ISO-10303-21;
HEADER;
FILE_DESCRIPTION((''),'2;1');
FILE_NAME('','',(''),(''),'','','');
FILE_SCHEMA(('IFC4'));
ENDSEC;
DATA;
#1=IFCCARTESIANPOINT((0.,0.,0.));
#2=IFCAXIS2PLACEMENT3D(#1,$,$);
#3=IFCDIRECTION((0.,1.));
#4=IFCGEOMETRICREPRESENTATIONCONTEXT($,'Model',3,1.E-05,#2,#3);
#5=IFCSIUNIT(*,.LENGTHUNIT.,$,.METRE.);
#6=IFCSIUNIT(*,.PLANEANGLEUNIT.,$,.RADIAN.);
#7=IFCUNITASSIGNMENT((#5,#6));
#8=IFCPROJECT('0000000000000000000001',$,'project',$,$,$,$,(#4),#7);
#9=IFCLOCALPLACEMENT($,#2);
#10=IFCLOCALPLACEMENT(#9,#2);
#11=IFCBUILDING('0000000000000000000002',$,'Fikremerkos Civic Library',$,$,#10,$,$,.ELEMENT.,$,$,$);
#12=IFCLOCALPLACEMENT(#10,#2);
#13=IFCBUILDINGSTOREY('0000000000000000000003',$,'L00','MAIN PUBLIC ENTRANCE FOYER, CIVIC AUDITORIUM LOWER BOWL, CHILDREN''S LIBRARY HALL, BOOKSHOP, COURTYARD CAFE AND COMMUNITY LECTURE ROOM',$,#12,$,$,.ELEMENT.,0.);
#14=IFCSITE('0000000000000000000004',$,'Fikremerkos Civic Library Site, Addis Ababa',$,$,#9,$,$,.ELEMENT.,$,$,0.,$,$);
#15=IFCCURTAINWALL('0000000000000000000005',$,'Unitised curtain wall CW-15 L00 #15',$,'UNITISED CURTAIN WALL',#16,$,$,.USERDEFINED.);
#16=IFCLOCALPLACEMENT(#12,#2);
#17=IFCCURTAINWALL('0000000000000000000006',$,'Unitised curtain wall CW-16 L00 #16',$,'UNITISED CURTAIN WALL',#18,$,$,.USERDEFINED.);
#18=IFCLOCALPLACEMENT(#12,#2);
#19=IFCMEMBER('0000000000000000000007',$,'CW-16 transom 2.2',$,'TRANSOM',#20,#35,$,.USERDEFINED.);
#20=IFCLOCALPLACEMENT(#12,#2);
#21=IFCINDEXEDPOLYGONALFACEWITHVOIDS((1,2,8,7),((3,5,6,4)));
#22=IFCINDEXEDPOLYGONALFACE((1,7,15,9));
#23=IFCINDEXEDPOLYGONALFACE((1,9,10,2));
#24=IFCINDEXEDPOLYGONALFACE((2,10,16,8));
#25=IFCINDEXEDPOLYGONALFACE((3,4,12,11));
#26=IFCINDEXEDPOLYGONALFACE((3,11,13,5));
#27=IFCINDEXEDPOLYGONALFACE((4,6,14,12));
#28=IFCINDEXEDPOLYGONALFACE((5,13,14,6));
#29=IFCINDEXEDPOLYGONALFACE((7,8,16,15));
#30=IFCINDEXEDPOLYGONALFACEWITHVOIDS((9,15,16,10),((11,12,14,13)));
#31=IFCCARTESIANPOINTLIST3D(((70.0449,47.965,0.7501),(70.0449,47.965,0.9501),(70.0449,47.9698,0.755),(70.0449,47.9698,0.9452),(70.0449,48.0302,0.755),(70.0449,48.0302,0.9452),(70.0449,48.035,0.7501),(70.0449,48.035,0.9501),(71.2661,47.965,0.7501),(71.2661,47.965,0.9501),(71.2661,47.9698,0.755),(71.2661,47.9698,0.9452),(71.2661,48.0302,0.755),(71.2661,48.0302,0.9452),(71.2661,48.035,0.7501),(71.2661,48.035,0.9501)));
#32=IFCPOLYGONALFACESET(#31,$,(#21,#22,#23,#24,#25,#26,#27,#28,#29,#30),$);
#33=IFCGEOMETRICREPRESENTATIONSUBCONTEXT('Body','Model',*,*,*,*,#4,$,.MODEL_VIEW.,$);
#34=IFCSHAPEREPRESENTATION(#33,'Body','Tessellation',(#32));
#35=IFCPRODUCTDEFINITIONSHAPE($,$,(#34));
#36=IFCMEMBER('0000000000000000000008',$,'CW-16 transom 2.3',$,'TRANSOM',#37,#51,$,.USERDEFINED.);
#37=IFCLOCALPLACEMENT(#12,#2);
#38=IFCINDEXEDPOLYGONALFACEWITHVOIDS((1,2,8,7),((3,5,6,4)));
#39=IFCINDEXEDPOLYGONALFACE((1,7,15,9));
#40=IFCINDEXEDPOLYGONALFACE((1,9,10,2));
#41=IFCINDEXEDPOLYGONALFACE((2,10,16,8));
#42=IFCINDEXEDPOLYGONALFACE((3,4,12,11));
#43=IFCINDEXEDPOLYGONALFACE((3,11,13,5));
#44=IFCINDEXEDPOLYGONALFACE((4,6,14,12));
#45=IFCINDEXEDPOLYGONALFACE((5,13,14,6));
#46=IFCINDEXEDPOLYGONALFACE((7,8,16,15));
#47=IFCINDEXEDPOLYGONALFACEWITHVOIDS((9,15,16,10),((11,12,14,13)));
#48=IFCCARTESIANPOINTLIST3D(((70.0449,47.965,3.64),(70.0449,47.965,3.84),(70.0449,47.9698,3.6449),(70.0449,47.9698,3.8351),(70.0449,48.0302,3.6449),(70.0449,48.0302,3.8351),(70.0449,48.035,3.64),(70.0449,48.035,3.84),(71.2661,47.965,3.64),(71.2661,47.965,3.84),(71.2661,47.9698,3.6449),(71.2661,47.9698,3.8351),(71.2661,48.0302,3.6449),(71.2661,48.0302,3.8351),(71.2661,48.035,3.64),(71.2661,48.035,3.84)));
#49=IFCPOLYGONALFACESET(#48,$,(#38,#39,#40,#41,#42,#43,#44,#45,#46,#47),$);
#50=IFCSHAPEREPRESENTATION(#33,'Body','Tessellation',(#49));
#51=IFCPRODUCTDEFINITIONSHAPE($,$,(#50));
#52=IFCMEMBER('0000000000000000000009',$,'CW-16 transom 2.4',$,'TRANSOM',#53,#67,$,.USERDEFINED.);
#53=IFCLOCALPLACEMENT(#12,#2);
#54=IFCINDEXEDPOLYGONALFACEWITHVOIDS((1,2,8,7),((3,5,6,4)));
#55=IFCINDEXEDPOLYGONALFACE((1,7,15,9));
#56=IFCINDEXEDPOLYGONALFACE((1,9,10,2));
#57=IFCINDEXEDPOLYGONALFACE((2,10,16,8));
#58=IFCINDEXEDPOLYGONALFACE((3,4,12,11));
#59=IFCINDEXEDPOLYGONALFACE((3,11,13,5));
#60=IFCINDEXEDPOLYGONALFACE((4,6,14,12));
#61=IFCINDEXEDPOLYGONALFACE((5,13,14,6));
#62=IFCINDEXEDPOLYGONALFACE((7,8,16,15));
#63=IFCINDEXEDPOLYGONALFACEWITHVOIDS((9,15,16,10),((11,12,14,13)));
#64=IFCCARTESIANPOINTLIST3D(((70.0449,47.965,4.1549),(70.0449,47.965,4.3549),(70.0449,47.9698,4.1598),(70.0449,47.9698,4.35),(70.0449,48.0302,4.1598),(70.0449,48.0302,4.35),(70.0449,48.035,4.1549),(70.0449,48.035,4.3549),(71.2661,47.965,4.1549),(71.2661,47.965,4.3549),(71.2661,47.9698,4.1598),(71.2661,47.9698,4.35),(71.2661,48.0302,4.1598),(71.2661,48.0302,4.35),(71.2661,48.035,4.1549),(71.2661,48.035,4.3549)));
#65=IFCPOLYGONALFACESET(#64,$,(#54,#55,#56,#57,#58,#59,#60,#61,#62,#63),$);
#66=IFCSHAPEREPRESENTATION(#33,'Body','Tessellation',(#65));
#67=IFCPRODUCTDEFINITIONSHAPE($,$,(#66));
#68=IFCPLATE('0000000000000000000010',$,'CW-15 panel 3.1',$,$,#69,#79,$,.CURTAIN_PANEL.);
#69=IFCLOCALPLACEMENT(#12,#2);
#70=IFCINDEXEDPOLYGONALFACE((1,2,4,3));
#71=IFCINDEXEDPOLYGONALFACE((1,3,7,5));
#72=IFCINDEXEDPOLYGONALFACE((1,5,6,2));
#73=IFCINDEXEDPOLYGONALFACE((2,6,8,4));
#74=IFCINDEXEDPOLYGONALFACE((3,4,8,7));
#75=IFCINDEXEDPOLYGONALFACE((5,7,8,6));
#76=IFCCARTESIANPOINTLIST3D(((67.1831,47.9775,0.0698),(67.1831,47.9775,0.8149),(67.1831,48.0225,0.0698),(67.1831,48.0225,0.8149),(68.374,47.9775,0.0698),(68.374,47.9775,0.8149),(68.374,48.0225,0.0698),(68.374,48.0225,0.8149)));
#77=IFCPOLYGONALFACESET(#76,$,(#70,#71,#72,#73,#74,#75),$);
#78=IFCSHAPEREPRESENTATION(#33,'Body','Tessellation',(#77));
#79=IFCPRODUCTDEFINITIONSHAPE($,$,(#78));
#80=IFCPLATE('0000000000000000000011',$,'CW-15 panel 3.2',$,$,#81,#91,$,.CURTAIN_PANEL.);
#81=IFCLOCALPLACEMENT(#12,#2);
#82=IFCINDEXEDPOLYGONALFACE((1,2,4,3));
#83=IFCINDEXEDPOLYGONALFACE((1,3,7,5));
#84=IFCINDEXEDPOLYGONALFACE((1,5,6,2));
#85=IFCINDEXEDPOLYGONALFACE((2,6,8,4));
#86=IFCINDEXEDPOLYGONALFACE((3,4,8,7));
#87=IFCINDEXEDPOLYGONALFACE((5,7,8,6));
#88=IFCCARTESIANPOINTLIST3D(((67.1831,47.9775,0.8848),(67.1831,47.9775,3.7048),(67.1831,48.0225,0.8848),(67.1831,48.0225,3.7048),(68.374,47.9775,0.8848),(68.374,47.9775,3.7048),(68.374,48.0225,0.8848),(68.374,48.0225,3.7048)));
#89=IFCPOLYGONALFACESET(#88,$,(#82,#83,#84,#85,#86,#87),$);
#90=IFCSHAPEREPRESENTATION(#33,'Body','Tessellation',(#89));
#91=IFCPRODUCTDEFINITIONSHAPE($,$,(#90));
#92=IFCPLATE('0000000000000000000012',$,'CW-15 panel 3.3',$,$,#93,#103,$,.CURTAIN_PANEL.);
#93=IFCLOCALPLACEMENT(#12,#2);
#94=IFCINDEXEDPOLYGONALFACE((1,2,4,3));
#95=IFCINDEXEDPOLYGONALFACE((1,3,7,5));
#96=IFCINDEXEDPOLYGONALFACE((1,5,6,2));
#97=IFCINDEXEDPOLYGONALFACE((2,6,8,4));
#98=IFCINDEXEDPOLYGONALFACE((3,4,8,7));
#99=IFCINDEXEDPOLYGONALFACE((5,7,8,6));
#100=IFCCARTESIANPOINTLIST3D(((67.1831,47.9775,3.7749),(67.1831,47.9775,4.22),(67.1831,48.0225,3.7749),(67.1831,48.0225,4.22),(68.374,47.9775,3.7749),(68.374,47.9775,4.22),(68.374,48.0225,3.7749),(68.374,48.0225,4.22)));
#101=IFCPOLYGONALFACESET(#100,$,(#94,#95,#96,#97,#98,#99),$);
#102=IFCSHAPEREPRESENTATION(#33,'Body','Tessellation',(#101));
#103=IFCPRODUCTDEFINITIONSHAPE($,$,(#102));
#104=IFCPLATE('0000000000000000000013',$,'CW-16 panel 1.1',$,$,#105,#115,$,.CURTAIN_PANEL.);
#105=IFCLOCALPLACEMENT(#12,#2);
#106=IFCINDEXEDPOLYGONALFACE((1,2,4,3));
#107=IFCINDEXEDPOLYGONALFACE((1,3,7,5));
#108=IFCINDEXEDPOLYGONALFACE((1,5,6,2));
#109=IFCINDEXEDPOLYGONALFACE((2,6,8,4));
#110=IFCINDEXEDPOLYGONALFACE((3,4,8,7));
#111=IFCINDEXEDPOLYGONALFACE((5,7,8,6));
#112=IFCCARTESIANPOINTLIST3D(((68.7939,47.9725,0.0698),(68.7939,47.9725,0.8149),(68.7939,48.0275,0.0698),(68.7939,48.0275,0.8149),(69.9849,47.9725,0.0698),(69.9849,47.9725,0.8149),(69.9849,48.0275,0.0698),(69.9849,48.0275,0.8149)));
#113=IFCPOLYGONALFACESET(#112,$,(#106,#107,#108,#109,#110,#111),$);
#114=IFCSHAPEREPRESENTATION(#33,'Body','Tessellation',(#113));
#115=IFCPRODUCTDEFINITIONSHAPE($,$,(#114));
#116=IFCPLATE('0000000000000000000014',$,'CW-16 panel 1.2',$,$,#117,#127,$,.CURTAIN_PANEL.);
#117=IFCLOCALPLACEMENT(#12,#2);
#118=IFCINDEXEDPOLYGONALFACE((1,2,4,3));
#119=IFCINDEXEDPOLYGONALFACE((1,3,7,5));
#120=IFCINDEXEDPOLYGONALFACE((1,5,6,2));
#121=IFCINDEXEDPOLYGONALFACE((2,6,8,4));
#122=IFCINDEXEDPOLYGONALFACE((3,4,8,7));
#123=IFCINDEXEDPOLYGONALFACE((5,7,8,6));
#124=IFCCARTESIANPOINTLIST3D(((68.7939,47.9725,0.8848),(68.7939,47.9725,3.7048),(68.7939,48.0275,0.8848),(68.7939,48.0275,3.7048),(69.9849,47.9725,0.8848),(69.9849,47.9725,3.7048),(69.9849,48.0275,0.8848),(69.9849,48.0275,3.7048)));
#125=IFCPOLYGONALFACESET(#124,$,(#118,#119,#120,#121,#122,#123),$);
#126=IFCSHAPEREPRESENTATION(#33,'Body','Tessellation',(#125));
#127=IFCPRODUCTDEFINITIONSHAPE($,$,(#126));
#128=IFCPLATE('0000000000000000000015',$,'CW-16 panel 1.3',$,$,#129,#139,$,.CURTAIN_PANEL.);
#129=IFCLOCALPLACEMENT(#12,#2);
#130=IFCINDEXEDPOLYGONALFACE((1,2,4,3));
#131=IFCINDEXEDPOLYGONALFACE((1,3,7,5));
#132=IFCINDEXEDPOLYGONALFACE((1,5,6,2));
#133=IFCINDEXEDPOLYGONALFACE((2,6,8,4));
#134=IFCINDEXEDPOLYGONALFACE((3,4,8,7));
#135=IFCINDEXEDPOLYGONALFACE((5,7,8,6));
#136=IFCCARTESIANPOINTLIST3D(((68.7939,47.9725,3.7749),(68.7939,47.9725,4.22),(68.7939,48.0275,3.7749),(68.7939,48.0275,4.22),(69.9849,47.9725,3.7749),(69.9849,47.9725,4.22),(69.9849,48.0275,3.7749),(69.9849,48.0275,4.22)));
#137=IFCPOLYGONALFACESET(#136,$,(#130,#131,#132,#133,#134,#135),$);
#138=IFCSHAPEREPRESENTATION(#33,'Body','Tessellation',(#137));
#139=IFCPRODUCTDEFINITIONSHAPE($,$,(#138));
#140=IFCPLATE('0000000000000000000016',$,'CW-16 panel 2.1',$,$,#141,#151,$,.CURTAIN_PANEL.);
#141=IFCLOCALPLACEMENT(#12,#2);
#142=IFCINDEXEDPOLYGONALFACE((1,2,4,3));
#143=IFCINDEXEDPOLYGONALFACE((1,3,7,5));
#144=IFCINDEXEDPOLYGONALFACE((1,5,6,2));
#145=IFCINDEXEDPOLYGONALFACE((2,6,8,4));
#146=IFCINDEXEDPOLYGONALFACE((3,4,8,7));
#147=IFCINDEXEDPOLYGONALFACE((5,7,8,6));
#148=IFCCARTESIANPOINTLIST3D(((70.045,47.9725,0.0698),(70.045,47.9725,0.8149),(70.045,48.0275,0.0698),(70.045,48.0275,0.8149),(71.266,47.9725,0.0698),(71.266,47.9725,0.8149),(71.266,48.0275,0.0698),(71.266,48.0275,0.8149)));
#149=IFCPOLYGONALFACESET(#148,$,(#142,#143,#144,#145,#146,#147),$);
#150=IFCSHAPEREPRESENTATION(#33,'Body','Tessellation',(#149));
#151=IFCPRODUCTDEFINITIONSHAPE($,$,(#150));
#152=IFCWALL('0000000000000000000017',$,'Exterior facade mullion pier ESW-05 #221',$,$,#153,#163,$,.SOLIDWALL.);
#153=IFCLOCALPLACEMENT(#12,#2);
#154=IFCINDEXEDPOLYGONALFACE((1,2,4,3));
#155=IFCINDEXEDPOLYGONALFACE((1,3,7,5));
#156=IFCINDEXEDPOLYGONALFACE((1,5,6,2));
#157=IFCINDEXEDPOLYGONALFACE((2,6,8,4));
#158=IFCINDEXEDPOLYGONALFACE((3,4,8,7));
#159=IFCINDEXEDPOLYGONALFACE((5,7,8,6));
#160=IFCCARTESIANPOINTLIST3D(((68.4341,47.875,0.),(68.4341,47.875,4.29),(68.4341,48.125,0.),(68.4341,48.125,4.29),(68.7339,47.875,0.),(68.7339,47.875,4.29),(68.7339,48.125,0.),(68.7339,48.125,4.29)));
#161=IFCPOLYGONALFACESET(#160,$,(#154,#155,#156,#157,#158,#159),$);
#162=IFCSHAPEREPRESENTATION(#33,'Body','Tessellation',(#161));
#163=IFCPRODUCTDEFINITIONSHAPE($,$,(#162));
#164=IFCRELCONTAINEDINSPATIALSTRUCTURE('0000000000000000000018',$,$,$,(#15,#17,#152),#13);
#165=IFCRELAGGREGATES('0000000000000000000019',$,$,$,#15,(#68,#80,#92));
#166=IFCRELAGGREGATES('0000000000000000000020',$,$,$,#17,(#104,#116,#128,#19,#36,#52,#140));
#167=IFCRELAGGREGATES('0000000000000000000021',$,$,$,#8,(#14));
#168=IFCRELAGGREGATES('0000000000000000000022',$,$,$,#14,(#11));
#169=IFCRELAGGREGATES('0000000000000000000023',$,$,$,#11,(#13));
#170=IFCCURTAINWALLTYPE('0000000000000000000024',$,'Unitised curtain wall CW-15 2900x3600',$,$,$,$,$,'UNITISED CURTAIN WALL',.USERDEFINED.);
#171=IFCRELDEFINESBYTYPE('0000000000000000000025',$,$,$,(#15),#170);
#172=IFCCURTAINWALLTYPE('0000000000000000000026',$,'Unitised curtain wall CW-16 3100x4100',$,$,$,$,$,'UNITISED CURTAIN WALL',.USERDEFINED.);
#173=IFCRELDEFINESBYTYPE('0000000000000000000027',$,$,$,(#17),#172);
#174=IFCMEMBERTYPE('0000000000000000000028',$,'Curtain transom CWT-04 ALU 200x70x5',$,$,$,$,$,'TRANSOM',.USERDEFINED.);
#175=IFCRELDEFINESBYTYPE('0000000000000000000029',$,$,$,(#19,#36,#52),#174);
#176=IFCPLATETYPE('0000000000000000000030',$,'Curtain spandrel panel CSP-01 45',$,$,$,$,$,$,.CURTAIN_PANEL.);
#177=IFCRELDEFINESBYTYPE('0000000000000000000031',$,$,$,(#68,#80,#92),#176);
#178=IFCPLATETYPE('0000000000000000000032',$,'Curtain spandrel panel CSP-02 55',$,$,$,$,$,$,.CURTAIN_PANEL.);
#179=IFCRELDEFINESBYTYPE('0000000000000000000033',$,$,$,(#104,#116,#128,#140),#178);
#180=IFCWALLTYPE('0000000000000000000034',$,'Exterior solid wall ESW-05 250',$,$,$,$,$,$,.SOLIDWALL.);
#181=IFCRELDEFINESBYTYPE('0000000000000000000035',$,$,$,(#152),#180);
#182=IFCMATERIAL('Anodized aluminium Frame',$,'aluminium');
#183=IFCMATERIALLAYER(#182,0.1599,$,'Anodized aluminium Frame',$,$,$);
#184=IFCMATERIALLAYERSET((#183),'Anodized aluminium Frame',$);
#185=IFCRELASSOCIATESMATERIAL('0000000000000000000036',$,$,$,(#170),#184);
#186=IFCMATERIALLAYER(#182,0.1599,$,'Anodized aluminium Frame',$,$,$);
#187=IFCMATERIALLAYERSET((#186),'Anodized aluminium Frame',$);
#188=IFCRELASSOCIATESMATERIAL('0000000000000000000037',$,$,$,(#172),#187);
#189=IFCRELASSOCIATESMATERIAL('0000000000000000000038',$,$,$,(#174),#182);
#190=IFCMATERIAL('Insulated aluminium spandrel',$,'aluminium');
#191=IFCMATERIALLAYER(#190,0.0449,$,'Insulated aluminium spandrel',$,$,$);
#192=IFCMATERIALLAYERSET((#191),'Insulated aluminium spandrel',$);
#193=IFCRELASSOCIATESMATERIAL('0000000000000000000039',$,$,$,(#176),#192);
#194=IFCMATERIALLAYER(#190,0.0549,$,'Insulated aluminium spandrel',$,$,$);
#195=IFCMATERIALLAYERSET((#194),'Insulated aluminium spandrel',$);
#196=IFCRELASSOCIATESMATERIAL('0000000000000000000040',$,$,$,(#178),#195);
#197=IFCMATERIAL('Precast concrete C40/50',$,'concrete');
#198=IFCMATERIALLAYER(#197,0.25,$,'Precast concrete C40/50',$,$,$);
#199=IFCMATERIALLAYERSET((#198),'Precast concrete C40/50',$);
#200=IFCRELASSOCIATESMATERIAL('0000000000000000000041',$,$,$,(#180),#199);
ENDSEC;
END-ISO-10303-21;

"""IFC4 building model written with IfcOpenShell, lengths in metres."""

from ifc_helpers import new_model, si_unit, direction, frame, frame_2d, origin, origin_2d, place, context, subcontext, project, spatial, rectangle, hollow_rectangle, extrude, material, layer, layer_set, material_profile, profile_set, type_object, element, aggregate, save


model = new_model("IFC4")

# Units and contexts
model_context = context("Model", 3, precision=1e-05, world=origin(), true_north=direction((0.0, 1.0)))
body_context = subcontext(model_context, "Body", "Model", "MODEL_VIEW")
ifc_project = project(units=[si_unit("LENGTHUNIT", "METRE"), si_unit("PLANEANGLEUNIT", "RADIAN")], contexts=[model_context])

# Site, building, storey
site_placement = place(None, origin())
site = spatial("IfcSite", under=ifc_project, at=site_placement, Name="Fikremerkos Civic Library Site, Addis Ababa", CompositionType="ELEMENT", RefElevation=0.0)
building_placement = place(site_placement, origin())
building = spatial("IfcBuilding", under=site, at=building_placement, Name="Fikremerkos Civic Library", CompositionType="ELEMENT")
storey_placement = place(building_placement, origin())
storey = spatial("IfcBuildingStorey", under=building, at=storey_placement, Name="L00", Description="MAIN PUBLIC ENTRANCE FOYER, CIVIC AUDITORIUM LOWER BOWL, CHILDREN'S LIBRARY HALL, BOOKSHOP, COURTYARD CAFE AND COMMUNITY LECTURE ROOM", CompositionType="ELEMENT", Elevation=0.0)

# Curtain wall
ifc_material_1 = material(Name="Anodized aluminium Frame", Category="aluminium")
ifc_layer_1 = layer(ifc_material_1, 0.1599, Name="Anodized aluminium Frame")
ifc_layer_set_1 = layer_set([ifc_layer_1], Name="Anodized aluminium Frame")
curtain_wall_type_1 = type_object("IfcCurtainWallType", Name="Unitised curtain wall CW-15 2900x3600", ElementType="UNITISED CURTAIN WALL", PredefinedType="USERDEFINED", material=ifc_layer_set_1)
curtain_wall_1_placement = place(storey_placement, origin())
curtain_wall_1 = element("IfcCurtainWall", 1, at=curtain_wall_1_placement, inside=storey, type_object=curtain_wall_type_1, Name="Unitised curtain wall CW-15 L00 #15", ObjectType="UNITISED CURTAIN WALL", PredefinedType="USERDEFINED")

# Curtain wall
ifc_layer_2 = layer(ifc_material_1, 0.1599, Name="Anodized aluminium Frame")
ifc_layer_set_2 = layer_set([ifc_layer_2], Name="Anodized aluminium Frame")
curtain_wall_type_2 = type_object("IfcCurtainWallType", Name="Unitised curtain wall CW-16 3100x4100", ElementType="UNITISED CURTAIN WALL", PredefinedType="USERDEFINED", material=ifc_layer_set_2)
curtain_wall_2_placement = place(storey_placement, origin())
curtain_wall_2 = element("IfcCurtainWall", 2, at=curtain_wall_2_placement, inside=storey, type_object=curtain_wall_type_2, Name="Unitised curtain wall CW-16 L00 #16", ObjectType="UNITISED CURTAIN WALL", PredefinedType="USERDEFINED")

# Members
ifc_material_profile_1 = material_profile(ifc_material_1, hollow_rectangle(XDim=0.0701, YDim=0.2, WallThickness=0.0049, at=origin_2d()), Name="ALU 200x70x5")
ifc_profile_set_1 = profile_set([ifc_material_profile_1], Name="Anodized aluminium Frame")
member_type_1 = type_object("IfcMemberType", Name="Curtain transom CWT-04 ALU 200x70x5", ElementType="TRANSOM", PredefinedType="USERDEFINED", material=ifc_profile_set_1)
member_1_placement = place(storey_placement, frame((70.0449, 48.0, 0.8501), z_axis=(1.0, 0.0, 0.0), x_axis=(0.0, 1.0, 0.0)))
member_1 = element("IfcMember", 3, at=member_1_placement, type_object=member_type_1, Name="CW-16 transom 2.2", ObjectType="TRANSOM", PredefinedType="USERDEFINED", context=body_context, shape_type="SweptSolid", body=[
    extrude(hollow_rectangle(XDim=0.0701, YDim=0.2, WallThickness=0.0049, at=origin_2d()), origin(), (0.0, 0.0, 1.0), 1.2212),
])
member_2_placement = place(storey_placement, frame((70.0449, 48.0, 3.74), z_axis=(1.0, 0.0, 0.0), x_axis=(0.0, 1.0, 0.0)))
member_2 = element("IfcMember", 4, at=member_2_placement, type_object=member_type_1, Name="CW-16 transom 2.3", ObjectType="TRANSOM", PredefinedType="USERDEFINED", context=body_context, shape_type="SweptSolid", body=[
    extrude(hollow_rectangle(XDim=0.0701, YDim=0.2, WallThickness=0.0049, at=origin_2d()), origin(), (0.0, 0.0, 1.0), 1.2212),
])
member_3_placement = place(storey_placement, frame((70.0449, 48.0, 4.2549), z_axis=(1.0, 0.0, 0.0), x_axis=(0.0, 1.0, 0.0)))
member_3 = element("IfcMember", 5, at=member_3_placement, type_object=member_type_1, Name="CW-16 transom 2.4", ObjectType="TRANSOM", PredefinedType="USERDEFINED", context=body_context, shape_type="SweptSolid", body=[
    extrude(hollow_rectangle(XDim=0.0701, YDim=0.2, WallThickness=0.0049, at=origin_2d()), origin(), (0.0, 0.0, 1.0), 1.2212),
])

# Plates
ifc_material_2 = material(Name="Insulated aluminium spandrel", Category="aluminium")
ifc_layer_3 = layer(ifc_material_2, 0.0449, Name="Insulated aluminium spandrel")
ifc_layer_set_3 = layer_set([ifc_layer_3], Name="Insulated aluminium spandrel")
plate_type_1 = type_object("IfcPlateType", Name="Curtain spandrel panel CSP-01 45", PredefinedType="CURTAIN_PANEL", material=ifc_layer_set_3)
plate_1_placement = place(storey_placement, frame((67.7786, 48.0, 0.0698), z_axis=(0.0, 0.0, 1.0), x_axis=(1.0, 0.0, 0.0)))
plate_1 = element("IfcPlate", 6, at=plate_1_placement, type_object=plate_type_1, Name="CW-15 panel 3.1", PredefinedType="CURTAIN_PANEL", context=body_context, shape_type="SweptSolid", body=[
    extrude(rectangle(XDim=1.1909, YDim=0.0449, at=origin_2d()), origin(), (0.0, 0.0, 1.0), 0.7451),
])
plate_2_placement = place(storey_placement, frame((67.7786, 48.0, 0.8848), z_axis=(0.0, 0.0, 1.0), x_axis=(1.0, 0.0, 0.0)))
plate_2 = element("IfcPlate", 7, at=plate_2_placement, type_object=plate_type_1, Name="CW-15 panel 3.2", PredefinedType="CURTAIN_PANEL", context=body_context, shape_type="SweptSolid", body=[
    extrude(rectangle(XDim=1.1909, YDim=0.0449, at=origin_2d()), origin(), (0.0, 0.0, 1.0), 2.8201),
])
plate_3_placement = place(storey_placement, frame((67.7786, 48.0, 3.7749), z_axis=(0.0, 0.0, 1.0), x_axis=(1.0, 0.0, 0.0)))
plate_3 = element("IfcPlate", 8, at=plate_3_placement, type_object=plate_type_1, Name="CW-15 panel 3.3", PredefinedType="CURTAIN_PANEL", context=body_context, shape_type="SweptSolid", body=[
    extrude(rectangle(XDim=1.1909, YDim=0.0449, at=origin_2d()), origin(), (0.0, 0.0, 1.0), 0.4451),
])
aggregate(curtain_wall_1, [plate_1, plate_2, plate_3])
ifc_layer_4 = layer(ifc_material_2, 0.0549, Name="Insulated aluminium spandrel")
ifc_layer_set_4 = layer_set([ifc_layer_4], Name="Insulated aluminium spandrel")
plate_type_2 = type_object("IfcPlateType", Name="Curtain spandrel panel CSP-02 55", PredefinedType="CURTAIN_PANEL", material=ifc_layer_set_4)
plate_4_placement = place(storey_placement, frame((69.3894, 48.0, 0.0698), z_axis=(0.0, 0.0, 1.0), x_axis=(1.0, 0.0, 0.0)))
plate_4 = element("IfcPlate", 9, at=plate_4_placement, type_object=plate_type_2, Name="CW-16 panel 1.1", PredefinedType="CURTAIN_PANEL", context=body_context, shape_type="SweptSolid", body=[
    extrude(rectangle(XDim=1.1909, YDim=0.0549, at=origin_2d()), origin(), (0.0, 0.0, 1.0), 0.7451),
])
plate_5_placement = place(storey_placement, frame((69.3894, 48.0, 0.8848), z_axis=(0.0, 0.0, 1.0), x_axis=(1.0, 0.0, 0.0)))
plate_5 = element("IfcPlate", 10, at=plate_5_placement, type_object=plate_type_2, Name="CW-16 panel 1.2", PredefinedType="CURTAIN_PANEL", context=body_context, shape_type="SweptSolid", body=[
    extrude(rectangle(XDim=1.1909, YDim=0.0549, at=origin_2d()), origin(), (0.0, 0.0, 1.0), 2.8201),
])
plate_6_placement = place(storey_placement, frame((69.3894, 48.0, 3.7749), z_axis=(0.0, 0.0, 1.0), x_axis=(1.0, 0.0, 0.0)))
plate_6 = element("IfcPlate", 11, at=plate_6_placement, type_object=plate_type_2, Name="CW-16 panel 1.3", PredefinedType="CURTAIN_PANEL", context=body_context, shape_type="SweptSolid", body=[
    extrude(rectangle(XDim=1.1909, YDim=0.0549, at=origin_2d()), origin(), (0.0, 0.0, 1.0), 0.4451),
])
plate_7_placement = place(storey_placement, frame((70.6555, 48.0, 0.0698), z_axis=(0.0, 0.0, 1.0), x_axis=(1.0, 0.0, 0.0)))
plate_7 = element("IfcPlate", 12, at=plate_7_placement, type_object=plate_type_2, Name="CW-16 panel 2.1", PredefinedType="CURTAIN_PANEL", context=body_context, shape_type="SweptSolid", body=[
    extrude(rectangle(XDim=1.2209, YDim=0.0549, at=origin_2d()), origin(), (0.0, 0.0, 1.0), 0.7451),
])
aggregate(curtain_wall_2, [plate_4, plate_5, plate_6, member_1, member_2, member_3, plate_7])

# Wall
ifc_material_3 = material(Name="Precast concrete C40/50", Category="concrete")
ifc_layer_5 = layer(ifc_material_3, 0.25, Name="Precast concrete C40/50")
ifc_layer_set_5 = layer_set([ifc_layer_5], Name="Precast concrete C40/50")
wall_type = type_object("IfcWallType", Name="Exterior solid wall ESW-05 250", PredefinedType="SOLIDWALL", material=ifc_layer_set_5)
wall_placement = place(storey_placement, frame((68.4341, 48.0, 0.0), z_axis=(0.0, 0.0, 1.0), x_axis=(1.0, 0.0, 0.0)))
element("IfcWall", 13, at=wall_placement, inside=storey, type_object=wall_type, Name="Exterior facade mullion pier ESW-05 #221", PredefinedType="SOLIDWALL", context=body_context, shape_type="SweptSolid", body=[
    extrude(rectangle(XDim=0.2998, YDim=0.25, at=frame_2d((0.1499, 0.0))), origin(), (0.0, 0.0, 1.0), 4.29),
])

save(model, "model.ifc")
